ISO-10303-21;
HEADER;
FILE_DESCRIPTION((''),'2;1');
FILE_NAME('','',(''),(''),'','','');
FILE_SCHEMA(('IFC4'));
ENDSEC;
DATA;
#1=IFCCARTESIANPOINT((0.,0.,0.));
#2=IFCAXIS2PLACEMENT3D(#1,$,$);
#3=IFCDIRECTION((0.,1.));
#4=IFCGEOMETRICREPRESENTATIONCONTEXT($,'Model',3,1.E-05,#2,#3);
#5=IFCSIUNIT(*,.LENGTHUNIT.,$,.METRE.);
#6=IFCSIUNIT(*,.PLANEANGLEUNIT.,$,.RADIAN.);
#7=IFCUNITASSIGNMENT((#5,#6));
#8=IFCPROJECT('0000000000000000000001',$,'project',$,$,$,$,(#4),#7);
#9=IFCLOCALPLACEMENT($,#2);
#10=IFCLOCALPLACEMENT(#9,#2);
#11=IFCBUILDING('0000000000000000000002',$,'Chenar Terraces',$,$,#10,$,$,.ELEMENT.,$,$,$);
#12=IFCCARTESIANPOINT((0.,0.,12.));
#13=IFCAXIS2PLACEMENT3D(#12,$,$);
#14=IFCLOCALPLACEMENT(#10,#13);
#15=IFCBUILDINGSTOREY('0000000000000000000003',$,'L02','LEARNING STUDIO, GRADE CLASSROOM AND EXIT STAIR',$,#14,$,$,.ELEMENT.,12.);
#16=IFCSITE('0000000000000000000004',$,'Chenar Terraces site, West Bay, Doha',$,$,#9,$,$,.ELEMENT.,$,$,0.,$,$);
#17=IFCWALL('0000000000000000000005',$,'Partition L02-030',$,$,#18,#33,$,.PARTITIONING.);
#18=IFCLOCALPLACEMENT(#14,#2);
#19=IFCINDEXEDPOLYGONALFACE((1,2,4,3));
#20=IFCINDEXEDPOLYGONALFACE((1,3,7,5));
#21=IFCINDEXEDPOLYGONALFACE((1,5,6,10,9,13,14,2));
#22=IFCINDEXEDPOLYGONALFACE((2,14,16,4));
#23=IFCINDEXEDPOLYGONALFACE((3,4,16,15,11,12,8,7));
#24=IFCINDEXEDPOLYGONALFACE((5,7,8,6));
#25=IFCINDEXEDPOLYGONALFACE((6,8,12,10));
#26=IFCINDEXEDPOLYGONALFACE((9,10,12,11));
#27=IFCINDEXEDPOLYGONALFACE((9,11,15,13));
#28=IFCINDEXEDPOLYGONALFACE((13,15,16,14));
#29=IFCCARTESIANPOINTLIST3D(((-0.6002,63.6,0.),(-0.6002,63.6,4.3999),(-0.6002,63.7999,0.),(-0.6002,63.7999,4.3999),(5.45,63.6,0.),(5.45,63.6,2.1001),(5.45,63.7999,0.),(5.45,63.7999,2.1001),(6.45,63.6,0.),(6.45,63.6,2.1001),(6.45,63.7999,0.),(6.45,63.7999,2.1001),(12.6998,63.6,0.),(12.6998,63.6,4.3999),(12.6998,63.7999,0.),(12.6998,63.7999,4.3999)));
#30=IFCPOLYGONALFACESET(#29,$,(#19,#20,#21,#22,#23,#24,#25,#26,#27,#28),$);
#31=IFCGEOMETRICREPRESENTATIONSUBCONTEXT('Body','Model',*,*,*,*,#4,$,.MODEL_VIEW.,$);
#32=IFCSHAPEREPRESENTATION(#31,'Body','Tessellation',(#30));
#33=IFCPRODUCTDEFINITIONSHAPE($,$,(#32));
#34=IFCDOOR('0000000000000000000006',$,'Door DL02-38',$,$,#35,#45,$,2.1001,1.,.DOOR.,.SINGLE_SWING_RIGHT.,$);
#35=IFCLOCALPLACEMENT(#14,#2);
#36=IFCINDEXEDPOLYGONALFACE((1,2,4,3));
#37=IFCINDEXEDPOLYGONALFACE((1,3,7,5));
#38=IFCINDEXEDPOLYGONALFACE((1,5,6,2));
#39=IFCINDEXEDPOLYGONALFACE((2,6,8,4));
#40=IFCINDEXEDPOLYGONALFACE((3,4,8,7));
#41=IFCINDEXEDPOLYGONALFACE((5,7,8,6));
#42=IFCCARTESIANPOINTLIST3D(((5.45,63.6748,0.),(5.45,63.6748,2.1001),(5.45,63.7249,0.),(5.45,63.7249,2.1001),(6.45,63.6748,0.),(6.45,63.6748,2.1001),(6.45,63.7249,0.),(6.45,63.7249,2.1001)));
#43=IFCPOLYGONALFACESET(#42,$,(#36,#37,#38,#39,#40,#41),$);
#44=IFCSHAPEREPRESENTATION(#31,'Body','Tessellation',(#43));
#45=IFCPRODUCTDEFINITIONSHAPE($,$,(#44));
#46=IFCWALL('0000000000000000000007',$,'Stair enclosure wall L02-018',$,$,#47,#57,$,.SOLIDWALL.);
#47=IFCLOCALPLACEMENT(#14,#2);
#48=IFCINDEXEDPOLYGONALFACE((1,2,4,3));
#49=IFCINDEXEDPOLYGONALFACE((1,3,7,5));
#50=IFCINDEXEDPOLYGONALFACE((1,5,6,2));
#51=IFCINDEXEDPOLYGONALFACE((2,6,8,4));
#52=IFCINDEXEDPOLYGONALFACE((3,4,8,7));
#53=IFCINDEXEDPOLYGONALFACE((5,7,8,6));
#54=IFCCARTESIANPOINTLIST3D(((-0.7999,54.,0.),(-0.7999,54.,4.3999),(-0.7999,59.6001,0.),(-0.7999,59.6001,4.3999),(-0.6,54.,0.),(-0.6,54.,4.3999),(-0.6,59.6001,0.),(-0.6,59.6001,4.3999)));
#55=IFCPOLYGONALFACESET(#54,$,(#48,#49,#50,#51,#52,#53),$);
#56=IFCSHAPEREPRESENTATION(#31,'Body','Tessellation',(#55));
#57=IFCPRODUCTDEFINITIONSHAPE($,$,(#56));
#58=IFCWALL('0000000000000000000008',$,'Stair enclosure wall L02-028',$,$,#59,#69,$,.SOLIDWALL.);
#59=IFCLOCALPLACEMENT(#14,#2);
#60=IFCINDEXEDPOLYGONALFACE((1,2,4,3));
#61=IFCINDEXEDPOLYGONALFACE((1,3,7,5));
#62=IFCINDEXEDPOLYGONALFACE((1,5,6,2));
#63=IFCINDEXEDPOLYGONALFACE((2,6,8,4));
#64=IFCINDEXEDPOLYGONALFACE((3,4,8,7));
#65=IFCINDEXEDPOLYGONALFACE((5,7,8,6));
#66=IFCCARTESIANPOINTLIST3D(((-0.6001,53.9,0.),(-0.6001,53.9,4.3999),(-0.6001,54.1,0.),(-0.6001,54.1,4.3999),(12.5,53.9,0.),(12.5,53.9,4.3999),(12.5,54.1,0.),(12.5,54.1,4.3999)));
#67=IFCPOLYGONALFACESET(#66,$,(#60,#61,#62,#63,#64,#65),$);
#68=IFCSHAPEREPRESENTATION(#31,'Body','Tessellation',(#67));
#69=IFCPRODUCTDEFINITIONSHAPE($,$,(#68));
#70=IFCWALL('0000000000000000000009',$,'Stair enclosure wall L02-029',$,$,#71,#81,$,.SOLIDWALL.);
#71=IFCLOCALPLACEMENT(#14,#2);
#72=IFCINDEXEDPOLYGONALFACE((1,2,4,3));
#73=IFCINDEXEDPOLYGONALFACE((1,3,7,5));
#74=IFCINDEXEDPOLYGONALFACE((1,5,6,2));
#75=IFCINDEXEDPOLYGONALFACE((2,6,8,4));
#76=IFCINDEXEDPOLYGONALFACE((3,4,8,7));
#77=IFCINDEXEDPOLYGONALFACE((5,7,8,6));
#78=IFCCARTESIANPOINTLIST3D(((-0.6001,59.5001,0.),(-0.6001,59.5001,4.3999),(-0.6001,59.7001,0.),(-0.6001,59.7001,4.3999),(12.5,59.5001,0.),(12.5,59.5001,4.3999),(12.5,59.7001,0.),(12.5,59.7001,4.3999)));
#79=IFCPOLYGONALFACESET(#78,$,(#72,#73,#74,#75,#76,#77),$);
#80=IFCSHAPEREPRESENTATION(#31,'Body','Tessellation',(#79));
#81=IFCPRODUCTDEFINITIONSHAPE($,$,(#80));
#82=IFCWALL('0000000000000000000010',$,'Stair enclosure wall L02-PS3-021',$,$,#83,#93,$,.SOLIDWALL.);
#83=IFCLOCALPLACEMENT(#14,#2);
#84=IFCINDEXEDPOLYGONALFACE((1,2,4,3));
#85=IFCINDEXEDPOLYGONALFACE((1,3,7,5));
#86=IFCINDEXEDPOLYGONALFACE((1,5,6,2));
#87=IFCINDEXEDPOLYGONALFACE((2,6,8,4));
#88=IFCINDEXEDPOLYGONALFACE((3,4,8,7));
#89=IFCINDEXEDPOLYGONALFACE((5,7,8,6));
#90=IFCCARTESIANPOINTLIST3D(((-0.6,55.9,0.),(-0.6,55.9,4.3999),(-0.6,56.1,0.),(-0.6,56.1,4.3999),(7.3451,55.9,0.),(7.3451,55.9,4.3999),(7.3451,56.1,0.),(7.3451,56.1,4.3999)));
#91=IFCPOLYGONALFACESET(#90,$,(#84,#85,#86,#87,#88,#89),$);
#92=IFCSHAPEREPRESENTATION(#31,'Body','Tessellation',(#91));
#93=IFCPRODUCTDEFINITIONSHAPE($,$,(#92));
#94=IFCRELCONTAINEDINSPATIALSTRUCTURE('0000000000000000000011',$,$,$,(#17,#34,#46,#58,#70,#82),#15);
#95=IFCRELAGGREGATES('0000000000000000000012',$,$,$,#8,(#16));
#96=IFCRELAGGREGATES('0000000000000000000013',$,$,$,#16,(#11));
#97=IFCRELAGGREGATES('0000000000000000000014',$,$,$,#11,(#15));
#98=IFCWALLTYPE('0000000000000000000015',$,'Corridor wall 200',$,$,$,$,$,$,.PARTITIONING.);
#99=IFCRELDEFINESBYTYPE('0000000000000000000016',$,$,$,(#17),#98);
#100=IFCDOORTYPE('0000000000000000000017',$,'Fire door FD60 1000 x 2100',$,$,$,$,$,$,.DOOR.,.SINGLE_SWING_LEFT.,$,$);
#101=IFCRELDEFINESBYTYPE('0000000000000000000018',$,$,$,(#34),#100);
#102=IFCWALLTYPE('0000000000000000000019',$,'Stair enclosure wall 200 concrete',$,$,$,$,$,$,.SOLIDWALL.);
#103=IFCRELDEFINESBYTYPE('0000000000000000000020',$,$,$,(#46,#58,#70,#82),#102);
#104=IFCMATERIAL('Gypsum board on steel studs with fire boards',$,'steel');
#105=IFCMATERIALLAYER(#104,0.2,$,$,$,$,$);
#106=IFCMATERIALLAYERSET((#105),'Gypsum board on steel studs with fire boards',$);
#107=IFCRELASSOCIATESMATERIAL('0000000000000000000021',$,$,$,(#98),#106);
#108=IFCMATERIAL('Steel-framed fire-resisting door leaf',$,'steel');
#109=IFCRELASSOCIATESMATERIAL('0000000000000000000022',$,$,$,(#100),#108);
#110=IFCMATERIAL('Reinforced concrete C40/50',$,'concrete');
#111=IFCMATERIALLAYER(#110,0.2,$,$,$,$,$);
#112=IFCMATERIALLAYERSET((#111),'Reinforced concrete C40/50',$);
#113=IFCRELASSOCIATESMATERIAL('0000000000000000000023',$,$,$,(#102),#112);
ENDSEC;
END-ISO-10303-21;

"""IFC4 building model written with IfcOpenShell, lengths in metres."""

from ifc_helpers import new_model, si_unit, direction, frame, frame_2d, origin, place, context, subcontext, project, spatial, rectangle, extrude, material, layer, layer_set, type_object, element, fill, save


model = new_model("IFC4")

# Units and contexts
model_context = context("Model", 3, precision=1e-05, world=origin(), true_north=direction((0.0, 1.0)))
body_context = subcontext(model_context, "Body", "Model", "MODEL_VIEW")
ifc_project = project(units=[si_unit("LENGTHUNIT", "METRE"), si_unit("PLANEANGLEUNIT", "RADIAN")], contexts=[model_context])

# Site, building, storey
site_placement = place(None, origin())
site = spatial("IfcSite", under=ifc_project, at=site_placement, Name="Chenar Terraces site, West Bay, Doha", CompositionType="ELEMENT", RefElevation=0.0)
building_placement = place(site_placement, origin())
building = spatial("IfcBuilding", under=site, at=building_placement, Name="Chenar Terraces", CompositionType="ELEMENT")
storey_placement = place(building_placement, frame((0.0, 0.0, 12.0)))
storey = spatial("IfcBuildingStorey", under=building, at=storey_placement, Name="L02", Description="LEARNING STUDIO, GRADE CLASSROOM AND EXIT STAIR", CompositionType="ELEMENT", Elevation=12.0)

# Shared definitions
ifc_material_1 = material(Name="Gypsum board on steel studs with fire boards", Category="steel")
ifc_layer_1 = layer(ifc_material_1, 0.2)
ifc_layer_set_1 = layer_set([ifc_layer_1], Name="Gypsum board on steel studs with fire boards")
wall_type_1 = type_object("IfcWallType", Name="Corridor wall 200", PredefinedType="PARTITIONING", material=ifc_layer_set_1)

# Wall, opening, door
wall_1_placement = place(storey_placement, frame((-0.6001, 63.7, 0.0), z_axis=(0.0, 0.0, 1.0), x_axis=(1.0, 0.0, 0.0)))
wall_1 = element("IfcWall", 1, at=wall_1_placement, inside=storey, type_object=wall_type_1, Name="Partition L02-030", PredefinedType="PARTITIONING", context=body_context, shape_type="SweptSolid", body=[
    extrude(rectangle(XDim=13.3, YDim=0.2, at=frame_2d((6.6499, 0.0))), origin(), (0.0, 0.0, 1.0), 4.3999),
])
opening_1_placement = place(wall_1_placement, frame((6.05, 0.0, 0.0)))
opening_1 = element("IfcOpeningElement", 2, at=opening_1_placement, cuts=wall_1, PredefinedType="OPENING", context=body_context, shape_type="SweptSolid", body=[
    extrude(rectangle(XDim=1.0, YDim=2.1001, at=frame_2d((0.5, 1.05))), frame((0.0, 0.1099, 0.0), z_axis=(0.0, -1.0, 0.0), x_axis=(1.0, 0.0, 0.0)), (0.0, 0.0, 1.0), 0.22),
])
ifc_material_2 = material(Name="Steel-framed fire-resisting door leaf", Category="steel")
door_type_1 = type_object("IfcDoorType", Name="Fire door FD60 1000 x 2100", OperationType="SINGLE_SWING_LEFT", PredefinedType="DOOR", material=ifc_material_2)
door_1_placement = place(opening_1_placement, origin())
door_1 = element("IfcDoor", 3, at=door_1_placement, inside=storey, type_object=door_type_1, Name="Door DL02-38", OperationType="SINGLE_SWING_RIGHT", OverallHeight=2.1001, OverallWidth=1.0, PredefinedType="DOOR", context=body_context, shape_type="SweptSolid", body=[
    extrude(rectangle(XDim=1.0, YDim=2.1001, at=frame_2d((0.5, 1.05))), frame((0.0, 0.0249, 0.0), z_axis=(0.0, -1.0, 0.0), x_axis=(1.0, 0.0, 0.0)), (0.0, 0.0, 1.0), 0.05),
])
fill(opening_1, door_1)

# Walls
ifc_material_3 = material(Name="Reinforced concrete C40/50", Category="concrete")
ifc_layer_2 = layer(ifc_material_3, 0.2)
ifc_layer_set_2 = layer_set([ifc_layer_2], Name="Reinforced concrete C40/50")
wall_type_2 = type_object("IfcWallType", Name="Stair enclosure wall 200 concrete", PredefinedType="SOLIDWALL", material=ifc_layer_set_2)
wall_2_placement = place(storey_placement, frame((-0.7, 54.0, 0.0), z_axis=(0.0, 0.0, 1.0), x_axis=(0.0, 1.0, 0.0)))
element("IfcWall", 4, at=wall_2_placement, inside=storey, type_object=wall_type_2, Name="Stair enclosure wall L02-018", PredefinedType="SOLIDWALL", context=body_context, shape_type="SweptSolid", body=[
    extrude(rectangle(XDim=5.6001, YDim=0.2, at=frame_2d((2.8, 0.0))), origin(), (0.0, 0.0, 1.0), 4.3999),
])
for number, where, z_axis, x_axis, name in (
    (5, (-0.6001, 54.0, 0.0), (0.0, 0.0, 1.0), (1.0, 0.0, 0.0), "Stair enclosure wall L02-028"),
    (6, (-0.6001, 59.6001, 0.0), (0.0, 0.0, 1.0), (1.0, 0.0, 0.0), "Stair enclosure wall L02-029"),
):
    element("IfcWall", number, at=place(storey_placement, frame(where, z_axis=z_axis, x_axis=x_axis)), inside=storey, type_object=wall_type_2, Name=name, PredefinedType="SOLIDWALL", context=body_context, shape_type="SweptSolid", body=[
        extrude(rectangle(XDim=13.1001, YDim=0.2, at=frame_2d((6.55, 0.0))), origin(), (0.0, 0.0, 1.0), 4.3999),
    ])
wall_3_placement = place(storey_placement, frame((-0.6001, 56.0, 0.0), z_axis=(0.0, 0.0, 1.0), x_axis=(1.0, 0.0, 0.0)))
element("IfcWall", 7, at=wall_3_placement, inside=storey, type_object=wall_type_2, Name="Stair enclosure wall L02-PS3-021", PredefinedType="SOLIDWALL", context=body_context, shape_type="SweptSolid", body=[
    extrude(rectangle(XDim=7.9451, YDim=0.2, at=frame_2d((3.9727, 0.0))), origin(), (0.0, 0.0, 1.0), 4.3999),
])

save(model, "model.ifc")
